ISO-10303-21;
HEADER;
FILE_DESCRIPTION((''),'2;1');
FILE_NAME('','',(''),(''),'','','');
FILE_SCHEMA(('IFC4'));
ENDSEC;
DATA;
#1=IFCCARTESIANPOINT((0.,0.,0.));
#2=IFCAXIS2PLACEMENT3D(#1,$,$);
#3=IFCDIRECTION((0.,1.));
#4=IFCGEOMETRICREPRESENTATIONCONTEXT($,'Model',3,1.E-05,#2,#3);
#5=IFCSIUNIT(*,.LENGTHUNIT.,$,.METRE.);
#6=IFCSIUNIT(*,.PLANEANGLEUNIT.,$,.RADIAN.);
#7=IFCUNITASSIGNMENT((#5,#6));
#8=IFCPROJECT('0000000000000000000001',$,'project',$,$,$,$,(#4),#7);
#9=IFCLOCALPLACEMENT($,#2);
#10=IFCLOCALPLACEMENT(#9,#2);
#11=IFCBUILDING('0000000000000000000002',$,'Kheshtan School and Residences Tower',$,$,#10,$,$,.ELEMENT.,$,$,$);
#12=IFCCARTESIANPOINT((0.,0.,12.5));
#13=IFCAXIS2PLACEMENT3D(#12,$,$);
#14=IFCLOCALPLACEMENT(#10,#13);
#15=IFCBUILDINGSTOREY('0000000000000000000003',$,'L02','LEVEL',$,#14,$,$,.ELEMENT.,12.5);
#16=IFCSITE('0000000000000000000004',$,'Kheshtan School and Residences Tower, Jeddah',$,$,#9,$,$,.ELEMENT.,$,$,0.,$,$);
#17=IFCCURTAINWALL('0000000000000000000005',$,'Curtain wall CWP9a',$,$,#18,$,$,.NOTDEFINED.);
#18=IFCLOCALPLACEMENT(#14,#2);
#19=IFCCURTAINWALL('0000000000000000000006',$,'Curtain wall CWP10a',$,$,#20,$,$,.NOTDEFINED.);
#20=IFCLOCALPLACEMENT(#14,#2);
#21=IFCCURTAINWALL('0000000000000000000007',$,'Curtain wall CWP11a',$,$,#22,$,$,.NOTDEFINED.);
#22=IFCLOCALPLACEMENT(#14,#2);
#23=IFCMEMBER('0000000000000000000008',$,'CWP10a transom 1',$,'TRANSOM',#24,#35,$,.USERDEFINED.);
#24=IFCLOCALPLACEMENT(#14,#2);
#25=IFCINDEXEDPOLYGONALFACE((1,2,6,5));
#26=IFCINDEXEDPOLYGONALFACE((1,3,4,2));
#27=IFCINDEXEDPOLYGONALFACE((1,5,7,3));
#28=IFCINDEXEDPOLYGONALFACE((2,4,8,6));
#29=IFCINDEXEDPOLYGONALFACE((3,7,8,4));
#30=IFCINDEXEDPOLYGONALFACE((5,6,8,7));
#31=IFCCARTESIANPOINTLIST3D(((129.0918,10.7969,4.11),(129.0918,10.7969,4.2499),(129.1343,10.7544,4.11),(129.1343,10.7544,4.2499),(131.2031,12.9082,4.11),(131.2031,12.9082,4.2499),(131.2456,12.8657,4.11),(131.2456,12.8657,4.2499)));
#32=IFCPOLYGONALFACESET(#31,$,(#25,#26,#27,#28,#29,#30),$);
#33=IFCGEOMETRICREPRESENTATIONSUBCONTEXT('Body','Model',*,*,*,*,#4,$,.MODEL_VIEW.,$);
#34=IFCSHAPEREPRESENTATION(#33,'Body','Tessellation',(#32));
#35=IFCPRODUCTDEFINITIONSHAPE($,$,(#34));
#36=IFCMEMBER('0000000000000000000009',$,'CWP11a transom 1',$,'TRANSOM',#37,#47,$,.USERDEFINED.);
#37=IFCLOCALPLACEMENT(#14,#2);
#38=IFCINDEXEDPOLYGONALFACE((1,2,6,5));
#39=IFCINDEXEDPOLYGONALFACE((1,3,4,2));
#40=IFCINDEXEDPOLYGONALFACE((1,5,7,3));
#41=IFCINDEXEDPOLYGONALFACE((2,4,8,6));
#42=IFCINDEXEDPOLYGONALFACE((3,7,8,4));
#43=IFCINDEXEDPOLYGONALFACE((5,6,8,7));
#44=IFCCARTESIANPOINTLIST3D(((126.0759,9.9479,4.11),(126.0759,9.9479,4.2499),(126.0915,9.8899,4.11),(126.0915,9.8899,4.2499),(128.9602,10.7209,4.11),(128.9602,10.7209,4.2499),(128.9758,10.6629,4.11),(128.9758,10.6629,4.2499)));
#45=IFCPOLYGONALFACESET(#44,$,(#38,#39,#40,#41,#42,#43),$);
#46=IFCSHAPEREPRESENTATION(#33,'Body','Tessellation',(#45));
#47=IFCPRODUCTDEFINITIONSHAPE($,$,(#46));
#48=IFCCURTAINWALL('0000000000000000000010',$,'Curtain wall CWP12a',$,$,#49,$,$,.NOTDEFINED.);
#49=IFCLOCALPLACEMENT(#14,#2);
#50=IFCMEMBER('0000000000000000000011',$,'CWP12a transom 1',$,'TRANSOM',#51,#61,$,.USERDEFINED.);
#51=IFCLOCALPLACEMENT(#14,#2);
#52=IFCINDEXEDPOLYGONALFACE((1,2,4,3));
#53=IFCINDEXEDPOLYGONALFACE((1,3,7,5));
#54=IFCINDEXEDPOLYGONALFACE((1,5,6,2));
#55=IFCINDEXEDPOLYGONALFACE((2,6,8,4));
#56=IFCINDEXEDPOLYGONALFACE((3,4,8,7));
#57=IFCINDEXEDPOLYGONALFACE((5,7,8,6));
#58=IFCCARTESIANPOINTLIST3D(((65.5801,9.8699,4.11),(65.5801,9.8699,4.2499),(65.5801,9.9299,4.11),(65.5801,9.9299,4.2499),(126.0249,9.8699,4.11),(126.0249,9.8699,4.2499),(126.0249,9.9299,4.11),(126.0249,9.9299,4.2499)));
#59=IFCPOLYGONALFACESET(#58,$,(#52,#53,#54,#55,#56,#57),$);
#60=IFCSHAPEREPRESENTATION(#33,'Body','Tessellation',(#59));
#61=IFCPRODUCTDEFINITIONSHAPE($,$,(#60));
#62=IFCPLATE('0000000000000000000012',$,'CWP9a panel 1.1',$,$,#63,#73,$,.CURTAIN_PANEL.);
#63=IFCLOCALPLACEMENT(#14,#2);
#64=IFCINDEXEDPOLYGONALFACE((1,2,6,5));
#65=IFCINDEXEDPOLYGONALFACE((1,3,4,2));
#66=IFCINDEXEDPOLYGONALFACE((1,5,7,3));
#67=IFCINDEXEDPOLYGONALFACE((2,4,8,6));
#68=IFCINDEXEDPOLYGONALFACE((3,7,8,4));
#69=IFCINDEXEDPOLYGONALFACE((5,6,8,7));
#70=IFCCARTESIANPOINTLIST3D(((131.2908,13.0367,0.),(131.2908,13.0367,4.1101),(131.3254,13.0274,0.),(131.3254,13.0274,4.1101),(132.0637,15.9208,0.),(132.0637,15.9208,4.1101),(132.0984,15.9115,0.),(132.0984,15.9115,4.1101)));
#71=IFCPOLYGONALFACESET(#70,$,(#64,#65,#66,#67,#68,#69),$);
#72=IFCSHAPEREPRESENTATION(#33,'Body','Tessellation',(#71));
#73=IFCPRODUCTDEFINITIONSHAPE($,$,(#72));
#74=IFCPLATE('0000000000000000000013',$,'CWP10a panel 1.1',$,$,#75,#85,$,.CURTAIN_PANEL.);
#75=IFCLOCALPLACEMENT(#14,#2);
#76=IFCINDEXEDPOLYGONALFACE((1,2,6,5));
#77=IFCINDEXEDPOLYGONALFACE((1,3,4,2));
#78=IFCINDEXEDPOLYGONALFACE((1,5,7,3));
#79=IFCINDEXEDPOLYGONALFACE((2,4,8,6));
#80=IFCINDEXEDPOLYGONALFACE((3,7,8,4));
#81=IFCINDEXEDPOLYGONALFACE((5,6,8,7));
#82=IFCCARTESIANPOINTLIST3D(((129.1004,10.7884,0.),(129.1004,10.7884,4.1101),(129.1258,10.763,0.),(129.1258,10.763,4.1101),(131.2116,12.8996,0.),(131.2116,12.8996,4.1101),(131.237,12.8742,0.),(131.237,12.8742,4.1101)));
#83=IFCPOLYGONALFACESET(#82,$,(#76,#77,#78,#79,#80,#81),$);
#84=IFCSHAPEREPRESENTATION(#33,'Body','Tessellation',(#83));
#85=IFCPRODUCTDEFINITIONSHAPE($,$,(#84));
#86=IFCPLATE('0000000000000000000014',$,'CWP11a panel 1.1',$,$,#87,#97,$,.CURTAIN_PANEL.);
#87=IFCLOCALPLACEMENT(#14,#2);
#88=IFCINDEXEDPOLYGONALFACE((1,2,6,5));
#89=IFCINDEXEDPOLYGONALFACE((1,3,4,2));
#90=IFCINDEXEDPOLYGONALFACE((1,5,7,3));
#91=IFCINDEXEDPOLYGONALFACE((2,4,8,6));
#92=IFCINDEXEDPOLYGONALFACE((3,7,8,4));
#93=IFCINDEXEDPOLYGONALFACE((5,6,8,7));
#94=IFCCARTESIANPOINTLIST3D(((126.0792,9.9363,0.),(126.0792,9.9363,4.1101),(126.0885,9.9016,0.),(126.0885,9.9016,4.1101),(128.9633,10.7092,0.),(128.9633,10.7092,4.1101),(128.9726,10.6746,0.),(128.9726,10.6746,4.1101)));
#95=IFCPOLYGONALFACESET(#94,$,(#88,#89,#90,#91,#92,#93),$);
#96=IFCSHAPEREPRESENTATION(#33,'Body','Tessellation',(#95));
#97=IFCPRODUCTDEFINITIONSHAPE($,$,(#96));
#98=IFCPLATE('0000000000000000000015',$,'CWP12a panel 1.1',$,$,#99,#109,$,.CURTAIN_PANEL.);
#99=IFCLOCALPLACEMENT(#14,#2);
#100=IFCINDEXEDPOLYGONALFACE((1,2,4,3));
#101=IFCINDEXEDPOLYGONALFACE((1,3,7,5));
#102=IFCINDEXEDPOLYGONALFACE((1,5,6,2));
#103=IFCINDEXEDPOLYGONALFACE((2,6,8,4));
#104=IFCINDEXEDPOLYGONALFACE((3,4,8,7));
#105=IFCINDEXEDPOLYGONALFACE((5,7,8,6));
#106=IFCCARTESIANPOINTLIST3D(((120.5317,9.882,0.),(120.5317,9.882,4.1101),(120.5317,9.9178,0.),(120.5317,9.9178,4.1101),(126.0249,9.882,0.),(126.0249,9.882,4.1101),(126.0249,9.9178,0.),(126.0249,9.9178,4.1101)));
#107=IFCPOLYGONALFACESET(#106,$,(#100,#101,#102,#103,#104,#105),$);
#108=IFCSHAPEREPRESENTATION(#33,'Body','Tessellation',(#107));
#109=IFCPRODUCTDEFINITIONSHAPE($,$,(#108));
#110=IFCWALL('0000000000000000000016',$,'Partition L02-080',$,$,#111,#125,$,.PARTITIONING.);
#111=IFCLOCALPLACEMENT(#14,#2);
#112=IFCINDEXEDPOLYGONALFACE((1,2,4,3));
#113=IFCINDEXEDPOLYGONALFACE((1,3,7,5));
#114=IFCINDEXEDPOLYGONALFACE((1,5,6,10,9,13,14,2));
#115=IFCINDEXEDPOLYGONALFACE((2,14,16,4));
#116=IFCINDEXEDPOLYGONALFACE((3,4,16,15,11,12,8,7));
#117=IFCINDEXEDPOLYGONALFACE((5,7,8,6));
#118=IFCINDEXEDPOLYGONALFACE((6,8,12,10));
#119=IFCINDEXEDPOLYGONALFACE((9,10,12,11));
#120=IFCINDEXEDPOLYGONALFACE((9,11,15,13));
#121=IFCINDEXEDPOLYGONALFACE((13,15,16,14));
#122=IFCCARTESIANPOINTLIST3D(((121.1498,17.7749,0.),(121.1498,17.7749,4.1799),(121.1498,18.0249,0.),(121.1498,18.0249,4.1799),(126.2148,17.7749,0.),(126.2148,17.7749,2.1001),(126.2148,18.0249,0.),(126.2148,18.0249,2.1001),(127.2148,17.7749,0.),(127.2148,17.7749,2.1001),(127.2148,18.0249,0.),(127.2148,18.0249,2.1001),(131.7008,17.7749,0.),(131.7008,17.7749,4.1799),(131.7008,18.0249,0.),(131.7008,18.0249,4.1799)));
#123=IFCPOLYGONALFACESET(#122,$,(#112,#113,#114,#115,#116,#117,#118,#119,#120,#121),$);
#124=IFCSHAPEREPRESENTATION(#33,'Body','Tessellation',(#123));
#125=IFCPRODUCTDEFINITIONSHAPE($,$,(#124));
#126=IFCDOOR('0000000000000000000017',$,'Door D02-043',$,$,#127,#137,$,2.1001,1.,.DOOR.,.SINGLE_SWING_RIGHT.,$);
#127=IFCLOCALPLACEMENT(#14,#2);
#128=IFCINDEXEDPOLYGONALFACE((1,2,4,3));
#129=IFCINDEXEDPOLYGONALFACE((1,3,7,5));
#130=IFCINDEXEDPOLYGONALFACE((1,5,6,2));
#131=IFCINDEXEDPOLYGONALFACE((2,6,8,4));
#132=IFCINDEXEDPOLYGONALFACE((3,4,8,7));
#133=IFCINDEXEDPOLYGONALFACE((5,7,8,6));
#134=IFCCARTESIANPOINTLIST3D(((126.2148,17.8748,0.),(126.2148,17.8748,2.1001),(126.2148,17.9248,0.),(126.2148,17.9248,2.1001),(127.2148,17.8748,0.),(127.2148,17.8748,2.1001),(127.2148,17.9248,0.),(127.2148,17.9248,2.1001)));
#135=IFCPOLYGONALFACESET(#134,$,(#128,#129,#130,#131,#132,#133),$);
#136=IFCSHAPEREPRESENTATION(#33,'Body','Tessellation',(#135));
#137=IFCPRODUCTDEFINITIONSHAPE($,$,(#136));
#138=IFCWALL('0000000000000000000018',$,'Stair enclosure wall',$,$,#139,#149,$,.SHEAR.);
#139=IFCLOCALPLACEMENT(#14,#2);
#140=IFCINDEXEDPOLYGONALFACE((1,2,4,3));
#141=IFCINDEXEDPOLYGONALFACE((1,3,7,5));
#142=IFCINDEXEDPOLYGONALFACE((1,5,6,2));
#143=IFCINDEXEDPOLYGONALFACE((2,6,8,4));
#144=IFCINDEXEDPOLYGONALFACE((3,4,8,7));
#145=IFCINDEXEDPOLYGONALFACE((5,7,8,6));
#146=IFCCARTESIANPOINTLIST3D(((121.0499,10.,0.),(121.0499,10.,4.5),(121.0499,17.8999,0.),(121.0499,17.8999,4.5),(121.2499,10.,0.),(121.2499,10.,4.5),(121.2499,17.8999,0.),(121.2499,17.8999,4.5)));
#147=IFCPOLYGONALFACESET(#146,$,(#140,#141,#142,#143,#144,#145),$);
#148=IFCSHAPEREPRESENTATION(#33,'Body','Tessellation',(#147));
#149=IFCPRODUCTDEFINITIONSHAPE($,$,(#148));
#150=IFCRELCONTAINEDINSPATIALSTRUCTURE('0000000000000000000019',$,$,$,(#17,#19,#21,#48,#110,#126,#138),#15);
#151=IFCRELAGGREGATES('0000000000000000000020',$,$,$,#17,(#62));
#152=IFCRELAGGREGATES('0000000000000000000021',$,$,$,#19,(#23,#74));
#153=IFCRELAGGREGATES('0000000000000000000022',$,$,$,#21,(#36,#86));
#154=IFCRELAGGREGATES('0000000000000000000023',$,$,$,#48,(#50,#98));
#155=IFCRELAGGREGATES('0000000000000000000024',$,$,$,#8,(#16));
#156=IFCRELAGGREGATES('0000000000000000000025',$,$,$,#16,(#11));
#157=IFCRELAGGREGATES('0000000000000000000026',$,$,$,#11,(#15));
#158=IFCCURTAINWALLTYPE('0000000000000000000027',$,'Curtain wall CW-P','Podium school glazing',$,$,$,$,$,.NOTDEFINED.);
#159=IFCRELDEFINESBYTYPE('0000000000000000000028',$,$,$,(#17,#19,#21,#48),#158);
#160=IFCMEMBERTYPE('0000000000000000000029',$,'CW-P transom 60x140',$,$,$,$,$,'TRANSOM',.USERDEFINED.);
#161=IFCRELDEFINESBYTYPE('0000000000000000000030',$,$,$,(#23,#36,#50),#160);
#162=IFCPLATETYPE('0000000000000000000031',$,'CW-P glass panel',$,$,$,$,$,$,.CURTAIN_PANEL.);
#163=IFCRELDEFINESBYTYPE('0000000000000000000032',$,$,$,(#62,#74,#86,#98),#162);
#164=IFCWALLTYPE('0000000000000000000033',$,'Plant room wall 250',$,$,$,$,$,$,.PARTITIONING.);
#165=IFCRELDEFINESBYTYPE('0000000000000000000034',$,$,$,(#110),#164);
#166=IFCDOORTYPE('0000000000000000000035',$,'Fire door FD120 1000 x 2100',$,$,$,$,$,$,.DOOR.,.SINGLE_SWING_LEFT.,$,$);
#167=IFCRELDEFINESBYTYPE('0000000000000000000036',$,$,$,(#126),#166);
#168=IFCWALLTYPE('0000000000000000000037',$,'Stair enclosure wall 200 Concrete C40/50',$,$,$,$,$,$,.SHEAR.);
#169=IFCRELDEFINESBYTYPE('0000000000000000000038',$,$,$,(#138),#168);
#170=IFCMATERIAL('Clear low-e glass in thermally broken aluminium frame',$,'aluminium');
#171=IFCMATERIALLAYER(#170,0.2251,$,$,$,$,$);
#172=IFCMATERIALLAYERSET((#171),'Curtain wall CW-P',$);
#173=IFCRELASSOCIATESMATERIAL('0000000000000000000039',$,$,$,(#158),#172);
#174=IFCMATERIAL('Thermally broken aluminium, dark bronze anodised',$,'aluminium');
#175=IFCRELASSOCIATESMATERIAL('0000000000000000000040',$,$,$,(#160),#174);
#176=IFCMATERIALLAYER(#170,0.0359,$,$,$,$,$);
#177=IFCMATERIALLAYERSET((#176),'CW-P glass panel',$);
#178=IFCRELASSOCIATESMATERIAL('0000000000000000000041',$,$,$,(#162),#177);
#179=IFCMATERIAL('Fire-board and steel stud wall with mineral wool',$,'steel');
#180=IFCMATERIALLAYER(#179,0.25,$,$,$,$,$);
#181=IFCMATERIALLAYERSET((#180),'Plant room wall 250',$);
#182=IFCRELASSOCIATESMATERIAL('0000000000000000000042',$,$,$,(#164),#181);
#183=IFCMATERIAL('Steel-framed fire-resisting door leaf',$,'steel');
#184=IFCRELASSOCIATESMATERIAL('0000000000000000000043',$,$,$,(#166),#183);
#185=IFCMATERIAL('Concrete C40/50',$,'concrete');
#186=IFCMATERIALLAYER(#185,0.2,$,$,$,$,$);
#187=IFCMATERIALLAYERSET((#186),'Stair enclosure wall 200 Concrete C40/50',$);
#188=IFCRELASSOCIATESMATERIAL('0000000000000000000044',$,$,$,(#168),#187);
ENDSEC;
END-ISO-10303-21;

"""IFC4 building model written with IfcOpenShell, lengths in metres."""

from ifc_helpers import new_model, si_unit, direction, frame, frame_2d, origin, origin_2d, place, context, subcontext, project, spatial, rectangle, extrude, source, transform, mapped, material, layer, layer_set, material_profile, profile_set, type_object, element, fill, aggregate, save


model = new_model("IFC4")

# Units and contexts
model_context = context("Model", 3, precision=1e-05, world=origin(), true_north=direction((0.0, 1.0)))
body_context = subcontext(model_context, "Body", "Model", "MODEL_VIEW")
ifc_project = project(units=[si_unit("LENGTHUNIT", "METRE"), si_unit("PLANEANGLEUNIT", "RADIAN")], contexts=[model_context])

# Site, building, storey
site_placement = place(None, origin())
site = spatial("IfcSite", under=ifc_project, at=site_placement, Name="Kheshtan School and Residences Tower, Jeddah", CompositionType="ELEMENT", RefElevation=0.0)
building_placement = place(site_placement, origin())
building = spatial("IfcBuilding", under=site, at=building_placement, Name="Kheshtan School and Residences Tower", CompositionType="ELEMENT")
storey_placement = place(building_placement, frame((0.0, 0.0, 12.5)))
storey = spatial("IfcBuildingStorey", under=building, at=storey_placement, Name="L02", Description="LEVEL", CompositionType="ELEMENT", Elevation=12.5)

# Curtain walls
ifc_material_1 = material(Name="Clear low-e glass in thermally broken aluminium frame", Category="aluminium")
ifc_layer_1 = layer(ifc_material_1, 0.2251)
ifc_layer_set_1 = layer_set([ifc_layer_1], Name="Curtain wall CW-P")
curtain_wall_type = type_object("IfcCurtainWallType", Name="Curtain wall CW-P", Description="Podium school glazing", PredefinedType="NOTDEFINED", material=ifc_layer_set_1)
curtain_wall_1_placement = place(storey_placement, origin())
curtain_wall_1 = element("IfcCurtainWall", 1, at=curtain_wall_1_placement, inside=storey, type_object=curtain_wall_type, Name="Curtain wall CWP9a", PredefinedType="NOTDEFINED")
ifc_material_2 = material(Name="Thermally broken aluminium, dark bronze anodised", Category="aluminium")
curtain_wall_2_placement = place(storey_placement, origin())
curtain_wall_2 = element("IfcCurtainWall", 2, at=curtain_wall_2_placement, inside=storey, type_object=curtain_wall_type, Name="Curtain wall CWP10a", PredefinedType="NOTDEFINED")
curtain_wall_3_placement = place(storey_placement, origin())
curtain_wall_3 = element("IfcCurtainWall", 3, at=curtain_wall_3_placement, inside=storey, type_object=curtain_wall_type, Name="Curtain wall CWP11a", PredefinedType="NOTDEFINED")

# Members
ifc_material_profile_1 = material_profile(ifc_material_2, rectangle(XDim=0.0601, YDim=0.1399, at=origin_2d()), Name="CW-P transom 60x140")
ifc_profile_set_1 = profile_set([ifc_material_profile_1], Name="Thermally broken aluminium, dark bronze anodised")
member_type_1 = type_object("IfcMemberType", Name="CW-P transom 60x140", ElementType="TRANSOM", PredefinedType="USERDEFINED", material=ifc_profile_set_1)
member_1_placement = place(storey_placement, frame((131.2244, 12.887, 4.1799), z_axis=(-0.707107, -0.707107, 0.0), x_axis=(0.707107, -0.707107, 0.0)))
member_1 = element("IfcMember", 4, at=member_1_placement, type_object=member_type_1, Name="CWP10a transom 1", ObjectType="TRANSOM", PredefinedType="USERDEFINED", context=body_context, shape_type="SweptSolid", body=[
    extrude(rectangle(XDim=0.0601, YDim=0.1399, at=origin_2d()), origin(), (0.0, 0.0, 1.0), 2.9858),
])
member_2_placement = place(storey_placement, frame((128.968, 10.6919, 4.1799), z_axis=(-0.965917, -0.258853, 0.0), x_axis=(0.258853, -0.965917, 0.0)))
member_2 = element("IfcMember", 5, at=member_2_placement, type_object=member_type_1, Name="CWP11a transom 1", ObjectType="TRANSOM", PredefinedType="USERDEFINED", context=body_context, shape_type="SweptSolid", body=[
    extrude(rectangle(XDim=0.0601, YDim=0.1399, at=origin_2d()), origin(), (0.0, 0.0, 1.0), 2.9861),
])

# Curtain wall, member
curtain_wall_4_placement = place(storey_placement, origin())
curtain_wall_4 = element("IfcCurtainWall", 6, at=curtain_wall_4_placement, inside=storey, type_object=curtain_wall_type, Name="Curtain wall CWP12a", PredefinedType="NOTDEFINED")
member_3_placement = place(storey_placement, frame((126.0249, 9.8999, 4.1799), z_axis=(-1.0, 0.0, 0.0), x_axis=(0.0, -1.0, 0.0)))
member_3 = element("IfcMember", 7, at=member_3_placement, type_object=member_type_1, Name="CWP12a transom 1", ObjectType="TRANSOM", PredefinedType="USERDEFINED", context=body_context, shape_type="SweptSolid", body=[
    extrude(rectangle(XDim=0.0601, YDim=0.1399, at=origin_2d()), origin(), (0.0, 0.0, 1.0), 60.4448),
])

# Plates
ifc_layer_2 = layer(ifc_material_1, 0.0359)
ifc_layer_set_2 = layer_set([ifc_layer_2], Name="CW-P glass panel")
plate_type = type_object("IfcPlateType", Name="CW-P glass panel", PredefinedType="CURTAIN_PANEL", material=ifc_layer_set_2)
plate_1_placement = place(storey_placement, frame((131.6946, 14.4741, 0.0), z_axis=(0.0, 0.0, 1.0), x_axis=(-0.258865, -0.965914, 0.0)))
plate_1 = element("IfcPlate", 8, at=plate_1_placement, type_object=plate_type, Name="CWP9a panel 1.1", PredefinedType="CURTAIN_PANEL", context=body_context, shape_type="SweptSolid", body=[
    extrude(rectangle(XDim=2.9858, YDim=0.0359, at=origin_2d()), origin(), (0.0, 0.0, 1.0), 4.1101),
])
aggregate(curtain_wall_1, [plate_1])
plate_2_placement = place(storey_placement, frame((130.1687, 11.8313, 0.0), z_axis=(0.0, 0.0, 1.0), x_axis=(-0.707107, -0.707107, 0.0)))
plate_2 = element("IfcPlate", 9, at=plate_2_placement, type_object=plate_type, Name="CWP10a panel 1.1", PredefinedType="CURTAIN_PANEL", context=body_context, shape_type="SweptSolid", body=[
    extrude(rectangle(XDim=2.9856, YDim=0.0359, at=origin_2d()), origin(), (0.0, 0.0, 1.0), 4.1101),
])
aggregate(curtain_wall_2, [member_1, plate_2])
plate_3_placement = place(storey_placement, frame((127.5259, 10.3054, 0.0), z_axis=(0.0, 0.0, 1.0), x_axis=(-0.965914, -0.258865, 0.0)))
plate_3 = element("IfcPlate", 10, at=plate_3_placement, type_object=plate_type, Name="CWP11a panel 1.1", PredefinedType="CURTAIN_PANEL", context=body_context, shape_type="SweptSolid", body=[
    extrude(rectangle(XDim=2.9858, YDim=0.0359, at=origin_2d()), origin(), (0.0, 0.0, 1.0), 4.1101),
])
aggregate(curtain_wall_3, [member_2, plate_3])
plate_4_placement = place(storey_placement, frame((123.2783, 9.8999, 0.0), z_axis=(0.0, 0.0, 1.0), x_axis=(-1.0, 0.0, 0.0)))
plate_4 = element("IfcPlate", 11, at=plate_4_placement, type_object=plate_type, Name="CWP12a panel 1.1", PredefinedType="CURTAIN_PANEL", context=body_context, shape_type="SweptSolid", body=[
    extrude(rectangle(XDim=5.4932, YDim=0.0359, at=origin_2d()), origin(), (0.0, 0.0, 1.0), 4.1101),
])
aggregate(curtain_wall_4, [member_3, plate_4])

# Wall, opening, door
ifc_material_3 = material(Name="Fire-board and steel stud wall with mineral wool", Category="steel")
ifc_layer_3 = layer(ifc_material_3, 0.25)
ifc_layer_set_3 = layer_set([ifc_layer_3], Name="Plant room wall 250")
wall_type_1 = type_object("IfcWallType", Name="Plant room wall 250", PredefinedType="PARTITIONING", material=ifc_layer_set_3)
wall_1_placement = place(storey_placement, frame((121.1499, 17.8999, 0.0), z_axis=(0.0, 0.0, 1.0), x_axis=(1.0, 0.0, 0.0)))
wall_1 = element("IfcWall", 12, at=wall_1_placement, inside=storey, type_object=wall_type_1, Name="Partition L02-080", PredefinedType="PARTITIONING", context=body_context, shape_type="SweptSolid", body=[
    extrude(rectangle(XDim=10.551, YDim=0.25, at=frame_2d((5.2754, 0.0))), origin(), (0.0, 0.0, 1.0), 4.1799),
])
opening_placement = place(wall_1_placement, frame((5.0649, 0.0, 0.0)))
opening = element("IfcOpeningElement", 13, at=opening_placement, cuts=wall_1, PredefinedType="OPENING", context=body_context, shape_type="SweptSolid", body=[
    extrude(rectangle(XDim=1.0, YDim=2.1001, at=frame_2d((0.5, 1.05))), frame((0.0, 0.135, 0.0), z_axis=(0.0, -1.0, 0.0), x_axis=(1.0, 0.0, 0.0)), (0.0, 0.0, 1.0), 0.27),
])
ifc_material_4 = material(Name="Steel-framed fire-resisting door leaf", Category="steel")
door_type = type_object("IfcDoorType", Name="Fire door FD120 1000 x 2100", OperationType="SINGLE_SWING_LEFT", PredefinedType="DOOR", material=ifc_material_4)
shared_shape = source(origin(), body_context, "Body", "SweptSolid", [
    extrude(rectangle(XDim=1.0, YDim=2.1001, at=frame_2d((0.5, 1.05))), frame((0.0, 0.0249, 0.0), z_axis=(0.0, -1.0, 0.0), x_axis=(1.0, 0.0, 0.0)), (0.0, 0.0, 1.0), 0.05),
])
door_placement = place(opening_placement, origin())
door = element("IfcDoor", 14, at=door_placement, inside=storey, type_object=door_type, Name="Door D02-043", OperationType="SINGLE_SWING_RIGHT", OverallHeight=2.1001, OverallWidth=1.0, PredefinedType="DOOR", context=body_context, shape_type="MappedRepresentation", body=[
    mapped(shared_shape, transform((0.0, 0.0, 0.0), x_axis=(1.0, 0.0, 0.0), y_axis=(0.0, 1.0, 0.0), z_axis=(0.0, 0.0, 1.0), scale=1.0)),
])
fill(opening, door)

# Wall
ifc_material_5 = material(Name="Concrete C40/50", Category="concrete")
ifc_layer_4 = layer(ifc_material_5, 0.2)
ifc_layer_set_4 = layer_set([ifc_layer_4], Name="Stair enclosure wall 200 Concrete C40/50")
wall_type_2 = type_object("IfcWallType", Name="Stair enclosure wall 200 Concrete C40/50", PredefinedType="SHEAR", material=ifc_layer_set_4)
wall_2_placement = place(storey_placement, frame((121.1499, 10.0, 0.0), z_axis=(0.0, 0.0, 1.0), x_axis=(0.0, 1.0, 0.0)))
element("IfcWall", 15, at=wall_2_placement, inside=storey, type_object=wall_type_2, Name="Stair enclosure wall", PredefinedType="SHEAR", context=body_context, shape_type="SweptSolid", body=[
    extrude(rectangle(XDim=7.8999, YDim=0.2, at=frame_2d((3.95, 0.0))), origin(), (0.0, 0.0, 1.0), 4.5),
])

save(model, "model.ifc")
